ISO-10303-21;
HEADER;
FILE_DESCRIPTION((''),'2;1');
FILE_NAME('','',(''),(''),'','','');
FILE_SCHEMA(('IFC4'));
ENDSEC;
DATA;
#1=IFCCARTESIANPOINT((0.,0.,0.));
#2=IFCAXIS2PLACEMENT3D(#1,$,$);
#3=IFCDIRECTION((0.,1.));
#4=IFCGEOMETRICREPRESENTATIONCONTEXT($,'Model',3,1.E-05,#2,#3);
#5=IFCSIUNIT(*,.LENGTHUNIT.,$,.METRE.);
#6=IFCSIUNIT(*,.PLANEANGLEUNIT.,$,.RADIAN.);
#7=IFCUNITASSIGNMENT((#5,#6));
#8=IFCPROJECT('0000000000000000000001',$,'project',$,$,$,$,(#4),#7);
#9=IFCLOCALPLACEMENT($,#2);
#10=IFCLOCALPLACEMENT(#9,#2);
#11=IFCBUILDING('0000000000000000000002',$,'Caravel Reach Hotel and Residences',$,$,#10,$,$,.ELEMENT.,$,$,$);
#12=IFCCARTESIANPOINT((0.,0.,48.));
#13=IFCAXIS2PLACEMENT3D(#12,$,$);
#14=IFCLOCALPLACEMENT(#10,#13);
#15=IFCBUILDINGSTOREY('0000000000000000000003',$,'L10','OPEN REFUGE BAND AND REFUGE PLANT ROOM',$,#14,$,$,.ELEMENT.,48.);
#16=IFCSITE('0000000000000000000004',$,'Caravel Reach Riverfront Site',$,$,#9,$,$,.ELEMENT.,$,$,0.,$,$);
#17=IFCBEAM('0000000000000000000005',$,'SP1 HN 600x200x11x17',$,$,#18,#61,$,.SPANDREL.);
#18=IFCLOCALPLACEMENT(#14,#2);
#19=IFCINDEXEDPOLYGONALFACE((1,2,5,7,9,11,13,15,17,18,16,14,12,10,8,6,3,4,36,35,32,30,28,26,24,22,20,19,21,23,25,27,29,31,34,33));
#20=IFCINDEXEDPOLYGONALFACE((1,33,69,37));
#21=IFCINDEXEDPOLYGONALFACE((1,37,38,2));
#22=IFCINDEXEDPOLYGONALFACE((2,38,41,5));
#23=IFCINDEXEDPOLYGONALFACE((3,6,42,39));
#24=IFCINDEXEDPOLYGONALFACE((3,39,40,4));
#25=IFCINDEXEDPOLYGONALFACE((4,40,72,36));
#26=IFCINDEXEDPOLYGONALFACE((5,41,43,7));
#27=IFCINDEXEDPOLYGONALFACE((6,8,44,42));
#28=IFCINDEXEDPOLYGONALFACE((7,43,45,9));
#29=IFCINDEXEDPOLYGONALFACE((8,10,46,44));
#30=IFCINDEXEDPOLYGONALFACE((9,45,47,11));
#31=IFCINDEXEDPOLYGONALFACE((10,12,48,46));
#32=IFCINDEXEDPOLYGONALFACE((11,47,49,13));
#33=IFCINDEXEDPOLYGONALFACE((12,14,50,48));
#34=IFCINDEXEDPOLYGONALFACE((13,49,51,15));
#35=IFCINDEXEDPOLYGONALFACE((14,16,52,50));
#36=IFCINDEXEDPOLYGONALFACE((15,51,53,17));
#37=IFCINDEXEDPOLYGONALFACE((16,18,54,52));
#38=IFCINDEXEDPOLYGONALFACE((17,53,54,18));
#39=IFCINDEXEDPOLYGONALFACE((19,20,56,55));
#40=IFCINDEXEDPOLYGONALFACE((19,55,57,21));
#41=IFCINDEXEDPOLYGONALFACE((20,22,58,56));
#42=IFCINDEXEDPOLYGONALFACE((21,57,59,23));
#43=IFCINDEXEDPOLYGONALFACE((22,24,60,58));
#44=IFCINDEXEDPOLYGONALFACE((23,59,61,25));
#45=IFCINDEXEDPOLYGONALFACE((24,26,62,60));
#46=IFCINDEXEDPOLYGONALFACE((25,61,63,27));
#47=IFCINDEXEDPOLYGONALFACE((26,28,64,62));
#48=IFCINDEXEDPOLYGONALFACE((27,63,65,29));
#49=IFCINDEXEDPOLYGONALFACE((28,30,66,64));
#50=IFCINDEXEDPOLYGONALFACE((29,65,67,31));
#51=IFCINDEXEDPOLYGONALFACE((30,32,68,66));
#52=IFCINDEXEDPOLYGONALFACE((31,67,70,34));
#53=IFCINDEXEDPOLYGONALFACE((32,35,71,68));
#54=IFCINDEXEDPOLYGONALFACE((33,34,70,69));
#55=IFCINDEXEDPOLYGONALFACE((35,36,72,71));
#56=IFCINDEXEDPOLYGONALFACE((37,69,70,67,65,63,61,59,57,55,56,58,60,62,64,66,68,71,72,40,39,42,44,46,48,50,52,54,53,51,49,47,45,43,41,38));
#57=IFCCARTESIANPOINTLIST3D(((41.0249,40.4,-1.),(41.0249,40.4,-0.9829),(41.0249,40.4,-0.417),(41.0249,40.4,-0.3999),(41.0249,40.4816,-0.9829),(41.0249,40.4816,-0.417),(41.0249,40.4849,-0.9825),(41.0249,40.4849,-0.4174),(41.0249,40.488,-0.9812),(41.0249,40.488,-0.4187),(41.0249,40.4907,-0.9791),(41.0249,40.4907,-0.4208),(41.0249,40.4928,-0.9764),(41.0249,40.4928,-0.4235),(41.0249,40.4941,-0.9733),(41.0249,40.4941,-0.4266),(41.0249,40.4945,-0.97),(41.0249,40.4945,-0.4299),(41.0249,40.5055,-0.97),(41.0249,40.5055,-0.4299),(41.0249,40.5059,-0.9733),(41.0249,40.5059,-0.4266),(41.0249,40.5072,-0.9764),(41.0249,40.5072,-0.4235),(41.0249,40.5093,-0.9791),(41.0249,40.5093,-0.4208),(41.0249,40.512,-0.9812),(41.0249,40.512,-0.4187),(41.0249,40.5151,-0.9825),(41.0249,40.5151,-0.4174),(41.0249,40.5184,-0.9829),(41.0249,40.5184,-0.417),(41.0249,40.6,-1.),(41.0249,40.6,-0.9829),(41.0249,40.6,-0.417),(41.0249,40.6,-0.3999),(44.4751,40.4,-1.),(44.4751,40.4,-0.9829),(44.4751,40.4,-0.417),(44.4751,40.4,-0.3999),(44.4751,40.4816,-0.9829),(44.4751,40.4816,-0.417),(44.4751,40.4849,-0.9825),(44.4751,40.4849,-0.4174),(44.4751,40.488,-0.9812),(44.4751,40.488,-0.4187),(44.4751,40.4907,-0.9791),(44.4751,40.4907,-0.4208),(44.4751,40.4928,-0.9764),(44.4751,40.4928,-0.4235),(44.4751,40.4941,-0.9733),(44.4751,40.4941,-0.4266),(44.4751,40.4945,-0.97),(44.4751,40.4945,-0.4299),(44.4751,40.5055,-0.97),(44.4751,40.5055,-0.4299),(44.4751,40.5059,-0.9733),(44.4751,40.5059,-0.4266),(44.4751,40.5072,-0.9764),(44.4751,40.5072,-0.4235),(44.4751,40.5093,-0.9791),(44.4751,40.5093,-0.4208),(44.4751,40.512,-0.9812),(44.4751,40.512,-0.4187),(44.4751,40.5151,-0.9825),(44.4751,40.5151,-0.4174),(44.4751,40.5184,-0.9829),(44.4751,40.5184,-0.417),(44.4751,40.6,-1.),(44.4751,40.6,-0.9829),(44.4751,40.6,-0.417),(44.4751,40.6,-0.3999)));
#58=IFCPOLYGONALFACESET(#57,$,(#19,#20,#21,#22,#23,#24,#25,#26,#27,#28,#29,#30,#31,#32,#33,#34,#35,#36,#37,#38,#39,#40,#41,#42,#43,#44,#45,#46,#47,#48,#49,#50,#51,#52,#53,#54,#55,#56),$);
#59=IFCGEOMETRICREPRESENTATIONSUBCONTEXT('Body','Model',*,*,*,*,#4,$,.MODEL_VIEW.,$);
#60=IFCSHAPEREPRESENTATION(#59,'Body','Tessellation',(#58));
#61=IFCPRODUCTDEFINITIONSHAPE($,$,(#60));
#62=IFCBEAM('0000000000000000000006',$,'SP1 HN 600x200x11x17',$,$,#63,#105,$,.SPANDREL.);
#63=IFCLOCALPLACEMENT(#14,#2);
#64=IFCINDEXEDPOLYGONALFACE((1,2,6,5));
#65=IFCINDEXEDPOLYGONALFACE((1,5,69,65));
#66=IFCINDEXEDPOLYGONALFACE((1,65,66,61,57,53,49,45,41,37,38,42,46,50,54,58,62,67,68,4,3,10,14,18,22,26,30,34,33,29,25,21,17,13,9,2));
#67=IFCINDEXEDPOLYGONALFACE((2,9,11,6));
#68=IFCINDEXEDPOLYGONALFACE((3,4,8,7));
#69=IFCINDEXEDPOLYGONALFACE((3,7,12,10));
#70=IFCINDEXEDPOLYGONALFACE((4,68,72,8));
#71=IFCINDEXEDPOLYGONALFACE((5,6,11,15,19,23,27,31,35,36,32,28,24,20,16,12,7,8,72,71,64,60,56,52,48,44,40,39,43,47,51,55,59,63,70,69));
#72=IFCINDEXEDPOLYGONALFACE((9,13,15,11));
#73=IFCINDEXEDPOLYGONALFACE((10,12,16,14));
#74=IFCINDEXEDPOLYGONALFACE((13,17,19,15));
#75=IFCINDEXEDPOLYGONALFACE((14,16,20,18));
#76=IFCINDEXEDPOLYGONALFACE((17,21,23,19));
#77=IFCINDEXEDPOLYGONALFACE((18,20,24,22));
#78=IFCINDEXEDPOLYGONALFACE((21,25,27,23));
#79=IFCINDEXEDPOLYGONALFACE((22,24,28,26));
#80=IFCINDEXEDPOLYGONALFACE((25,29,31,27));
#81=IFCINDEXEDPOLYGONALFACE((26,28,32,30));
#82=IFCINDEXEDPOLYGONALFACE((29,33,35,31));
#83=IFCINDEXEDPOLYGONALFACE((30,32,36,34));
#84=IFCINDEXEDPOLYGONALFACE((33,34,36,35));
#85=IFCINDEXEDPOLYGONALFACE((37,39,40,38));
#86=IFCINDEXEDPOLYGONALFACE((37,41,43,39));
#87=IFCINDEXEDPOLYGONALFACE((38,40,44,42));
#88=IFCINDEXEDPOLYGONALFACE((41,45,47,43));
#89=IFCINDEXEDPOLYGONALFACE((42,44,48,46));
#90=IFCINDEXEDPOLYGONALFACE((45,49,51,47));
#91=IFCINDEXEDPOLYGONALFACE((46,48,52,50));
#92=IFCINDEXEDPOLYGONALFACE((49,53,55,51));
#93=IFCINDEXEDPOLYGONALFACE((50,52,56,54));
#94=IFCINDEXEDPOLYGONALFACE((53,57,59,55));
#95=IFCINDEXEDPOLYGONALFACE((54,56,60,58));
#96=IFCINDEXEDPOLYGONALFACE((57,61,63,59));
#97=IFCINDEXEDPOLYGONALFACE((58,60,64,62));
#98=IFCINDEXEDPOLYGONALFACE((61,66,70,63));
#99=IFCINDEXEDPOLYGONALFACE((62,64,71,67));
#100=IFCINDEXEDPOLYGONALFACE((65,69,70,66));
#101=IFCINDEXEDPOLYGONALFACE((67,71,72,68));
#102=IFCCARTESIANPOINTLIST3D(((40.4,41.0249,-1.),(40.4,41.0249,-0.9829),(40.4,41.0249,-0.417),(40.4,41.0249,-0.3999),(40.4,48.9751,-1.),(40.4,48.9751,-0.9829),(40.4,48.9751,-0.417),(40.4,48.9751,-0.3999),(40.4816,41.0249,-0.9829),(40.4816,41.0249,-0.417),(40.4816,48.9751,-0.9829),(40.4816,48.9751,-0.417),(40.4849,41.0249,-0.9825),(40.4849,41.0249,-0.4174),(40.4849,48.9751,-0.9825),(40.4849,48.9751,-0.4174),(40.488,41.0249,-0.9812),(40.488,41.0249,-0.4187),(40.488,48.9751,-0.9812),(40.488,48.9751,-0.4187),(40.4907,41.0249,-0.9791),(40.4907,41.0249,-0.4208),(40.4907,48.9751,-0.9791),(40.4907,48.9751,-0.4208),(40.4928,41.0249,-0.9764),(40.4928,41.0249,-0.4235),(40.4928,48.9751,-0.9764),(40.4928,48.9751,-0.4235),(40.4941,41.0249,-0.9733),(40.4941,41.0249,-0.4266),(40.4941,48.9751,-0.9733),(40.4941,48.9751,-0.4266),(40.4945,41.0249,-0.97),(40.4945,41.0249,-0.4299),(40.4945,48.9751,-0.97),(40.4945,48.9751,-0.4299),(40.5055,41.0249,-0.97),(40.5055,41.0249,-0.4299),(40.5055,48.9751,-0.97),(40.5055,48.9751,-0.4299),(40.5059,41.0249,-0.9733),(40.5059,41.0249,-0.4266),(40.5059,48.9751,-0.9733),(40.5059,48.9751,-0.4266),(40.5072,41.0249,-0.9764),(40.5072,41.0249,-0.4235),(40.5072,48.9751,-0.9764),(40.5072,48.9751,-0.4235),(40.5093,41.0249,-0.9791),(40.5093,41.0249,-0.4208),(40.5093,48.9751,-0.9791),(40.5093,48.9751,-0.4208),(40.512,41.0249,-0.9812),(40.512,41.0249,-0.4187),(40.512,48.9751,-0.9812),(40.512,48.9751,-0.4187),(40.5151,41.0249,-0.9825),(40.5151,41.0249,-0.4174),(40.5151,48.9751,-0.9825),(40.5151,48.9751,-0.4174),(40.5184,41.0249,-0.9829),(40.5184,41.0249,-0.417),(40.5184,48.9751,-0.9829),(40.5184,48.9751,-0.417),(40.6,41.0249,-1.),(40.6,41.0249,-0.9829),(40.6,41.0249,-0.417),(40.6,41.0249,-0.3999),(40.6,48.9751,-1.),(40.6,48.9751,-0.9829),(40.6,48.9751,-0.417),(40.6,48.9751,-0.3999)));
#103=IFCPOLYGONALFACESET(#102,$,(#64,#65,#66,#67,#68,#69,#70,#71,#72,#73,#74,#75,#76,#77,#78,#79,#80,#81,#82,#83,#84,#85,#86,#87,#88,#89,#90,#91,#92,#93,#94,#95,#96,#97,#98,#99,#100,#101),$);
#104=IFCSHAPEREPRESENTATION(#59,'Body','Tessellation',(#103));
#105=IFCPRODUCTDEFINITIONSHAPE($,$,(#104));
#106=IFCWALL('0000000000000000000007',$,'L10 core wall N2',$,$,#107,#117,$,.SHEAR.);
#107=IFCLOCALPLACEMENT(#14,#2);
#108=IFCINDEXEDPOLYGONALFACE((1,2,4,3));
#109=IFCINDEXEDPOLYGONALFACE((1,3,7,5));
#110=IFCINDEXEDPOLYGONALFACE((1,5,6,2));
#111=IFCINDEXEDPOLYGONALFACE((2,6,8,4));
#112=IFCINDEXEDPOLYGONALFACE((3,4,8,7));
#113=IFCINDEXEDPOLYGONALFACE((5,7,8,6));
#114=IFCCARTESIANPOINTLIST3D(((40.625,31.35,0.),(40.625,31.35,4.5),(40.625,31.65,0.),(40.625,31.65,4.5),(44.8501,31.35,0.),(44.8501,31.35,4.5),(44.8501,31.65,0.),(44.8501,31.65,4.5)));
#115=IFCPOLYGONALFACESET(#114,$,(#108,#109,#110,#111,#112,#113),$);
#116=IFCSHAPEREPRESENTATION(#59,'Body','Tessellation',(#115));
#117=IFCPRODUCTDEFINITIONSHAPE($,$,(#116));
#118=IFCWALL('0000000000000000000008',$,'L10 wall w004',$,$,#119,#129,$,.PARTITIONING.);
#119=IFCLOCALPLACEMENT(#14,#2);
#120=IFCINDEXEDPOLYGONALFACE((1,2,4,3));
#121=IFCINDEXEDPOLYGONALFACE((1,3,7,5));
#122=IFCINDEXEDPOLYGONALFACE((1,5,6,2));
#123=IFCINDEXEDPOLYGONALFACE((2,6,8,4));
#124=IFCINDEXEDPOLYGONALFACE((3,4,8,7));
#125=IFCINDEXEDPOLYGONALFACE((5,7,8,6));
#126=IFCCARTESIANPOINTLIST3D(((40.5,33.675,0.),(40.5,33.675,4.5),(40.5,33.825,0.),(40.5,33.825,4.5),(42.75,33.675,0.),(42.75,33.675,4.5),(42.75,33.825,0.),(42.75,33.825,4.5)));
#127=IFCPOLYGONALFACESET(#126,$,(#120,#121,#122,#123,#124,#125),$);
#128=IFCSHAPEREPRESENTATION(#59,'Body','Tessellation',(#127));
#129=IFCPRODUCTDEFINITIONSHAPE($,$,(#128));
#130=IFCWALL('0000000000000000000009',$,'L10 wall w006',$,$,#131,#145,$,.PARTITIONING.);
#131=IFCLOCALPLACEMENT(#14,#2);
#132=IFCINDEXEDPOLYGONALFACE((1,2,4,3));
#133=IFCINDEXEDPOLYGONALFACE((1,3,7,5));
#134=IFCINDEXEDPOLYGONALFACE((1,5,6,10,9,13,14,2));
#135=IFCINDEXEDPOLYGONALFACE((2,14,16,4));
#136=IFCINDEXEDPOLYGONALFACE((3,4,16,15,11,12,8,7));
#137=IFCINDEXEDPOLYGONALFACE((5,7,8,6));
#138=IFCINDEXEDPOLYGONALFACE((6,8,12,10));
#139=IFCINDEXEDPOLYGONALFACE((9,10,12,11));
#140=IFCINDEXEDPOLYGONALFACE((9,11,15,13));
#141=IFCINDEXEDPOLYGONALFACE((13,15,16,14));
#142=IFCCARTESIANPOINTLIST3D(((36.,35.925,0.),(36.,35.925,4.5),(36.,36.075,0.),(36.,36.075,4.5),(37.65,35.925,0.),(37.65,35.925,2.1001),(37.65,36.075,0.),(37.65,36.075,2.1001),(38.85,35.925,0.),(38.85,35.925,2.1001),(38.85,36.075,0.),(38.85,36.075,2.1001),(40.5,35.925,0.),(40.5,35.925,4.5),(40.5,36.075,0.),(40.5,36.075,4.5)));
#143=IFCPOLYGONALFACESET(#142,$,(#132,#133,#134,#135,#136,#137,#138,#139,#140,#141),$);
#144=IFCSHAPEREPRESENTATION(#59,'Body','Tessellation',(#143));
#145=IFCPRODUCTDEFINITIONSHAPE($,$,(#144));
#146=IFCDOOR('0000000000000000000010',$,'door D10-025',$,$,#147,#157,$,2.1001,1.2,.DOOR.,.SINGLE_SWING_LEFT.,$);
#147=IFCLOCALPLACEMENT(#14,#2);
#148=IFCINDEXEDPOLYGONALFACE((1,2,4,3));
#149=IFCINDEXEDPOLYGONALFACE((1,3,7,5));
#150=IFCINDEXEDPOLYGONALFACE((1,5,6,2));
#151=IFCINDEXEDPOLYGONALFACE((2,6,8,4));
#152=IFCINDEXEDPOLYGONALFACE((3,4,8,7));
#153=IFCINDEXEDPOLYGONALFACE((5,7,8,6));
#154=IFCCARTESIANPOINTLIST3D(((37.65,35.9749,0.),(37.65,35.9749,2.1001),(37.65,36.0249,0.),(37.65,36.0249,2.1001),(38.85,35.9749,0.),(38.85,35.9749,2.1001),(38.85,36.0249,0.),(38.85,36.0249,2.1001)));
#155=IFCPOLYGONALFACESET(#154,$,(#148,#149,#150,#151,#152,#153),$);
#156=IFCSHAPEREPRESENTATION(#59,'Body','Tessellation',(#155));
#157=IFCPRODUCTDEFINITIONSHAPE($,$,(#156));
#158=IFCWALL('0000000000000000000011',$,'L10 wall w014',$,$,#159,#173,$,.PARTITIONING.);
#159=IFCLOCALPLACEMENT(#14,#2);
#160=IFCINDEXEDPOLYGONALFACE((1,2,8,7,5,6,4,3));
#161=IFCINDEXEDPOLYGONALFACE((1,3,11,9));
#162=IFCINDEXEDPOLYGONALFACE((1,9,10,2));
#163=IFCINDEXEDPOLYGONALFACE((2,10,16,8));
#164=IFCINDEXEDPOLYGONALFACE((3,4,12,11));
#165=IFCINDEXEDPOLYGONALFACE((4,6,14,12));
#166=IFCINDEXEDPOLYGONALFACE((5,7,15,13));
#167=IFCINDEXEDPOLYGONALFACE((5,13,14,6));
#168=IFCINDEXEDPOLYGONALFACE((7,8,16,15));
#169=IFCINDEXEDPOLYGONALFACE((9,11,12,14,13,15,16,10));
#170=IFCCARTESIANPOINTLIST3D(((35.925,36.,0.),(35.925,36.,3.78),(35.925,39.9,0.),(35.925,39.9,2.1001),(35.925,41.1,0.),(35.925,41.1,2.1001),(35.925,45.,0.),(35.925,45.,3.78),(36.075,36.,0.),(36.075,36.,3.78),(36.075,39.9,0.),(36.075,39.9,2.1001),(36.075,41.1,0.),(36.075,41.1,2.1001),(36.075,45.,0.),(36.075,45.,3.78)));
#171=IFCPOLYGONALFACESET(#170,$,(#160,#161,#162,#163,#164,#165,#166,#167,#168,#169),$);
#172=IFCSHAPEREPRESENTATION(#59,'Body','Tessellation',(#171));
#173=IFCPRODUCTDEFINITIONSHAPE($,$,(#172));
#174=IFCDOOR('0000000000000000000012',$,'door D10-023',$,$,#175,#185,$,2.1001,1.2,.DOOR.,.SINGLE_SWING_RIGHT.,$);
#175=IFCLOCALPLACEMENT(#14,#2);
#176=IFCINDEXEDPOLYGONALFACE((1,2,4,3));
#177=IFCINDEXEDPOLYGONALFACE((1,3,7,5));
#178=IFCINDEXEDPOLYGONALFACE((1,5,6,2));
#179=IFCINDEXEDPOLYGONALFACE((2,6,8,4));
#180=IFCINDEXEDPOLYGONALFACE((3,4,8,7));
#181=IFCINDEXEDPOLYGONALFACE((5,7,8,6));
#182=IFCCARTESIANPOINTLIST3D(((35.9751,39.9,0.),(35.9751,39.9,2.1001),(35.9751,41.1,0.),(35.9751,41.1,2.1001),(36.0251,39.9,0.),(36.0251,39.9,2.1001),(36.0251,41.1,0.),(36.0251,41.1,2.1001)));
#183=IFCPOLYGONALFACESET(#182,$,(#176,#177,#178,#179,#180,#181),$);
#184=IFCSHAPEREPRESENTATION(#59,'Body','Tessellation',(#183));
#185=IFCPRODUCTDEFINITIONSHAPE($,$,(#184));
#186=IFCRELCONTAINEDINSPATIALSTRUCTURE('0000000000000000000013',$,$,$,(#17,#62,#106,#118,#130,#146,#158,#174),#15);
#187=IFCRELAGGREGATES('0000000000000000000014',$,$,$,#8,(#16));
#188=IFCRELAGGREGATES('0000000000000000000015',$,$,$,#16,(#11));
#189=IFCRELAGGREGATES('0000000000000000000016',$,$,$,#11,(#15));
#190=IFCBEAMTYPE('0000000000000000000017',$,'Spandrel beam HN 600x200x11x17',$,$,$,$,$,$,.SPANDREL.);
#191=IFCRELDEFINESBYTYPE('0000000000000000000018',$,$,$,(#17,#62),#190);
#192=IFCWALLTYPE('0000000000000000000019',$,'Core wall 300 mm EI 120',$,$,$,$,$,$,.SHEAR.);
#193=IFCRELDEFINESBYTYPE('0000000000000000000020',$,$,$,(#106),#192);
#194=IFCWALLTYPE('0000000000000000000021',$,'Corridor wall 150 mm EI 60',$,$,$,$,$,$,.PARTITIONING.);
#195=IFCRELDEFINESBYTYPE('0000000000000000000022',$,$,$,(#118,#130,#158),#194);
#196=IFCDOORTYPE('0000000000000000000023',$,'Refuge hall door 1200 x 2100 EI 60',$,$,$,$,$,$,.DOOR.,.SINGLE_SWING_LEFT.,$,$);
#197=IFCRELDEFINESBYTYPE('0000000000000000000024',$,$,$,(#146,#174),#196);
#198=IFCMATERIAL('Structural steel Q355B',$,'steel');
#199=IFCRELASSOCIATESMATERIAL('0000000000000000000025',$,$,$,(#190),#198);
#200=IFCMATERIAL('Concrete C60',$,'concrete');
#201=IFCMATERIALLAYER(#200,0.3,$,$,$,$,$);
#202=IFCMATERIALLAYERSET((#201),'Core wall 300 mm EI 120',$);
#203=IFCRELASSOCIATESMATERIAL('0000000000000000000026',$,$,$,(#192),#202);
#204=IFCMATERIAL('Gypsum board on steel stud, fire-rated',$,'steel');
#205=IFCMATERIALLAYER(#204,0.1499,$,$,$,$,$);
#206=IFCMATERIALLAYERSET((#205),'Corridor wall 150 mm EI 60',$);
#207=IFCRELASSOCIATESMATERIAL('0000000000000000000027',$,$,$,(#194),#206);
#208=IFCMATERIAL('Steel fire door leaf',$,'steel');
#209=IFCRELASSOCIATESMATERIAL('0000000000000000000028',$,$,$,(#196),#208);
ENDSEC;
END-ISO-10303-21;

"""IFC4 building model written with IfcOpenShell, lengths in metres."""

from ifc_helpers import new_model, si_unit, direction, frame, frame_2d, origin, origin_2d, place, context, subcontext, project, spatial, rectangle, i_section, extrude, material, layer, layer_set, material_profile, profile_set, type_object, element, fill, save


model = new_model("IFC4")

# Units and contexts
model_context = context("Model", 3, precision=1e-05, world=origin(), true_north=direction((0.0, 1.0)))
body_context = subcontext(model_context, "Body", "Model", "MODEL_VIEW")
ifc_project = project(units=[si_unit("LENGTHUNIT", "METRE"), si_unit("PLANEANGLEUNIT", "RADIAN")], contexts=[model_context])

# Site, building, storey
site_placement = place(None, origin())
site = spatial("IfcSite", under=ifc_project, at=site_placement, Name="Caravel Reach Riverfront Site", CompositionType="ELEMENT", RefElevation=0.0)
building_placement = place(site_placement, origin())
building = spatial("IfcBuilding", under=site, at=building_placement, Name="Caravel Reach Hotel and Residences", CompositionType="ELEMENT")
storey_placement = place(building_placement, frame((0.0, 0.0, 48.0)))
storey = spatial("IfcBuildingStorey", under=building, at=storey_placement, Name="L10", Description="OPEN REFUGE BAND AND REFUGE PLANT ROOM", CompositionType="ELEMENT", Elevation=48.0)

# Beams
ifc_material_1 = material(Name="Structural steel Q355B", Category="steel")
ifc_material_profile_1 = material_profile(ifc_material_1, i_section(OverallWidth=0.2, OverallDepth=0.6001, WebThickness=0.011, FlangeThickness=0.0171, FilletRadius=0.0129, at=origin_2d()), Name="HN 600x200x11x17")
ifc_profile_set_1 = profile_set([ifc_material_profile_1], Name="Structural steel Q355B")
beam_type_1 = type_object("IfcBeamType", Name="Spandrel beam HN 600x200x11x17", PredefinedType="SPANDREL", material=ifc_profile_set_1)
beam_1_placement = place(storey_placement, frame((44.4751, 40.5, -0.7), z_axis=(-1.0, 0.0, 0.0), x_axis=(0.0, -1.0, 0.0)))
element("IfcBeam", 1, at=beam_1_placement, inside=storey, type_object=beam_type_1, Name="SP1 HN 600x200x11x17", PredefinedType="SPANDREL", context=body_context, shape_type="SweptSolid", body=[
    extrude(i_section(OverallWidth=0.2, OverallDepth=0.6001, WebThickness=0.011, FlangeThickness=0.0171, FilletRadius=0.0129, at=origin_2d()), origin(), (0.0, 0.0, 1.0), 3.4502),
])
beam_2_placement = place(storey_placement, frame((40.5, 41.0249, -0.7), z_axis=(0.0, 1.0, 0.0), x_axis=(-1.0, 0.0, 0.0)))
element("IfcBeam", 2, at=beam_2_placement, inside=storey, type_object=beam_type_1, Name="SP1 HN 600x200x11x17", PredefinedType="SPANDREL", context=body_context, shape_type="SweptSolid", body=[
    extrude(i_section(OverallWidth=0.2, OverallDepth=0.6001, WebThickness=0.011, FlangeThickness=0.0171, FilletRadius=0.0129, at=origin_2d()), origin(), (0.0, 0.0, 1.0), 7.9502),
])

# Walls
ifc_material_2 = material(Name="Concrete C60", Category="concrete")
ifc_layer_1 = layer(ifc_material_2, 0.3)
ifc_layer_set_1 = layer_set([ifc_layer_1], Name="Core wall 300 mm EI 120")
wall_type_1 = type_object("IfcWallType", Name="Core wall 300 mm EI 120", PredefinedType="SHEAR", material=ifc_layer_set_1)
wall_1_placement = place(storey_placement, frame((40.625, 31.5, 0.0), z_axis=(0.0, 0.0, 1.0), x_axis=(1.0, 0.0, 0.0)))
element("IfcWall", 3, at=wall_1_placement, inside=storey, type_object=wall_type_1, Name="L10 core wall N2", PredefinedType="SHEAR", context=body_context, shape_type="SweptSolid", body=[
    extrude(rectangle(XDim=4.2251, YDim=0.3, at=frame_2d((2.1125, 0.0))), origin(), (0.0, 0.0, 1.0), 4.5),
])
ifc_material_3 = material(Name="Gypsum board on steel stud, fire-rated", Category="steel")
ifc_layer_2 = layer(ifc_material_3, 0.1499)
ifc_layer_set_2 = layer_set([ifc_layer_2], Name="Corridor wall 150 mm EI 60")
wall_type_2 = type_object("IfcWallType", Name="Corridor wall 150 mm EI 60", PredefinedType="PARTITIONING", material=ifc_layer_set_2)
wall_2_placement = place(storey_placement, frame((40.5, 33.75, 0.0), z_axis=(0.0, 0.0, 1.0), x_axis=(1.0, 0.0, 0.0)))
element("IfcWall", 4, at=wall_2_placement, inside=storey, type_object=wall_type_2, Name="L10 wall w004", PredefinedType="PARTITIONING", context=body_context, shape_type="SweptSolid", body=[
    extrude(rectangle(XDim=2.25, YDim=0.1499, at=frame_2d((1.125, 0.0))), origin(), (0.0, 0.0, 1.0), 4.5),
])

# Walls, openings, doors
wall_3_placement = place(storey_placement, frame((36.0, 36.0, 0.0), z_axis=(0.0, 0.0, 1.0), x_axis=(1.0, 0.0, 0.0)))
wall_3 = element("IfcWall", 5, at=wall_3_placement, inside=storey, type_object=wall_type_2, Name="L10 wall w006", PredefinedType="PARTITIONING", context=body_context, shape_type="SweptSolid", body=[
    extrude(rectangle(XDim=4.5, YDim=0.1499, at=frame_2d((2.25, 0.0))), origin(), (0.0, 0.0, 1.0), 4.5),
])
opening_1_placement = place(wall_3_placement, frame((1.6499, 0.0, 0.0)))
opening_1 = element("IfcOpeningElement", 6, at=opening_1_placement, cuts=wall_3, PredefinedType="OPENING", context=body_context, shape_type="SweptSolid", body=[
    extrude(rectangle(XDim=1.2, YDim=2.1001, at=frame_2d((0.6001, 1.05))), frame((0.0, 0.085, 0.0), z_axis=(0.0, -1.0, 0.0), x_axis=(1.0, 0.0, 0.0)), (0.0, 0.0, 1.0), 0.1699),
])
ifc_material_4 = material(Name="Steel fire door leaf", Category="steel")
door_type_1 = type_object("IfcDoorType", Name="Refuge hall door 1200 x 2100 EI 60", OperationType="SINGLE_SWING_LEFT", PredefinedType="DOOR", material=ifc_material_4)
door_1_placement = place(opening_1_placement, origin())
door_1 = element("IfcDoor", 7, at=door_1_placement, inside=storey, type_object=door_type_1, Name="door D10-025", OperationType="SINGLE_SWING_LEFT", OverallHeight=2.1001, OverallWidth=1.2, PredefinedType="DOOR", context=body_context, shape_type="SweptSolid", body=[
    extrude(rectangle(XDim=1.2, YDim=2.1001, at=frame_2d((0.6001, 1.05))), frame((0.0, 0.0249, 0.0), z_axis=(0.0, -1.0, 0.0), x_axis=(1.0, 0.0, 0.0)), (0.0, 0.0, 1.0), 0.05),
])
fill(opening_1, door_1)
wall_4_placement = place(storey_placement, frame((36.0, 36.0, 0.0), z_axis=(0.0, 0.0, 1.0), x_axis=(0.0, 1.0, 0.0)))
wall_4 = element("IfcWall", 8, at=wall_4_placement, inside=storey, type_object=wall_type_2, Name="L10 wall w014", PredefinedType="PARTITIONING", context=body_context, shape_type="SweptSolid", body=[
    extrude(rectangle(XDim=9.0, YDim=0.1499, at=frame_2d((4.5, 0.0))), origin(), (0.0, 0.0, 1.0), 3.78),
])
opening_2_placement = place(wall_4_placement, frame((3.8999, 0.0, 0.0)))
opening_2 = element("IfcOpeningElement", 9, at=opening_2_placement, cuts=wall_4, PredefinedType="OPENING", context=body_context, shape_type="SweptSolid", body=[
    extrude(rectangle(XDim=1.2, YDim=2.1001, at=frame_2d((0.6001, 1.05))), frame((0.0, 0.085, 0.0), z_axis=(0.0, -1.0, 0.0), x_axis=(1.0, 0.0, 0.0)), (0.0, 0.0, 1.0), 0.1699),
])
door_2_placement = place(opening_2_placement, origin())
door_2 = element("IfcDoor", 10, at=door_2_placement, inside=storey, type_object=door_type_1, Name="door D10-023", OperationType="SINGLE_SWING_RIGHT", OverallHeight=2.1001, OverallWidth=1.2, PredefinedType="DOOR", context=body_context, shape_type="SweptSolid", body=[
    extrude(rectangle(XDim=1.2, YDim=2.1001, at=frame_2d((0.6001, 1.05))), frame((0.0, 0.0249, 0.0), z_axis=(0.0, -1.0, 0.0), x_axis=(1.0, 0.0, 0.0)), (0.0, 0.0, 1.0), 0.05),
])
fill(opening_2, door_2)

save(model, "model.ifc")
